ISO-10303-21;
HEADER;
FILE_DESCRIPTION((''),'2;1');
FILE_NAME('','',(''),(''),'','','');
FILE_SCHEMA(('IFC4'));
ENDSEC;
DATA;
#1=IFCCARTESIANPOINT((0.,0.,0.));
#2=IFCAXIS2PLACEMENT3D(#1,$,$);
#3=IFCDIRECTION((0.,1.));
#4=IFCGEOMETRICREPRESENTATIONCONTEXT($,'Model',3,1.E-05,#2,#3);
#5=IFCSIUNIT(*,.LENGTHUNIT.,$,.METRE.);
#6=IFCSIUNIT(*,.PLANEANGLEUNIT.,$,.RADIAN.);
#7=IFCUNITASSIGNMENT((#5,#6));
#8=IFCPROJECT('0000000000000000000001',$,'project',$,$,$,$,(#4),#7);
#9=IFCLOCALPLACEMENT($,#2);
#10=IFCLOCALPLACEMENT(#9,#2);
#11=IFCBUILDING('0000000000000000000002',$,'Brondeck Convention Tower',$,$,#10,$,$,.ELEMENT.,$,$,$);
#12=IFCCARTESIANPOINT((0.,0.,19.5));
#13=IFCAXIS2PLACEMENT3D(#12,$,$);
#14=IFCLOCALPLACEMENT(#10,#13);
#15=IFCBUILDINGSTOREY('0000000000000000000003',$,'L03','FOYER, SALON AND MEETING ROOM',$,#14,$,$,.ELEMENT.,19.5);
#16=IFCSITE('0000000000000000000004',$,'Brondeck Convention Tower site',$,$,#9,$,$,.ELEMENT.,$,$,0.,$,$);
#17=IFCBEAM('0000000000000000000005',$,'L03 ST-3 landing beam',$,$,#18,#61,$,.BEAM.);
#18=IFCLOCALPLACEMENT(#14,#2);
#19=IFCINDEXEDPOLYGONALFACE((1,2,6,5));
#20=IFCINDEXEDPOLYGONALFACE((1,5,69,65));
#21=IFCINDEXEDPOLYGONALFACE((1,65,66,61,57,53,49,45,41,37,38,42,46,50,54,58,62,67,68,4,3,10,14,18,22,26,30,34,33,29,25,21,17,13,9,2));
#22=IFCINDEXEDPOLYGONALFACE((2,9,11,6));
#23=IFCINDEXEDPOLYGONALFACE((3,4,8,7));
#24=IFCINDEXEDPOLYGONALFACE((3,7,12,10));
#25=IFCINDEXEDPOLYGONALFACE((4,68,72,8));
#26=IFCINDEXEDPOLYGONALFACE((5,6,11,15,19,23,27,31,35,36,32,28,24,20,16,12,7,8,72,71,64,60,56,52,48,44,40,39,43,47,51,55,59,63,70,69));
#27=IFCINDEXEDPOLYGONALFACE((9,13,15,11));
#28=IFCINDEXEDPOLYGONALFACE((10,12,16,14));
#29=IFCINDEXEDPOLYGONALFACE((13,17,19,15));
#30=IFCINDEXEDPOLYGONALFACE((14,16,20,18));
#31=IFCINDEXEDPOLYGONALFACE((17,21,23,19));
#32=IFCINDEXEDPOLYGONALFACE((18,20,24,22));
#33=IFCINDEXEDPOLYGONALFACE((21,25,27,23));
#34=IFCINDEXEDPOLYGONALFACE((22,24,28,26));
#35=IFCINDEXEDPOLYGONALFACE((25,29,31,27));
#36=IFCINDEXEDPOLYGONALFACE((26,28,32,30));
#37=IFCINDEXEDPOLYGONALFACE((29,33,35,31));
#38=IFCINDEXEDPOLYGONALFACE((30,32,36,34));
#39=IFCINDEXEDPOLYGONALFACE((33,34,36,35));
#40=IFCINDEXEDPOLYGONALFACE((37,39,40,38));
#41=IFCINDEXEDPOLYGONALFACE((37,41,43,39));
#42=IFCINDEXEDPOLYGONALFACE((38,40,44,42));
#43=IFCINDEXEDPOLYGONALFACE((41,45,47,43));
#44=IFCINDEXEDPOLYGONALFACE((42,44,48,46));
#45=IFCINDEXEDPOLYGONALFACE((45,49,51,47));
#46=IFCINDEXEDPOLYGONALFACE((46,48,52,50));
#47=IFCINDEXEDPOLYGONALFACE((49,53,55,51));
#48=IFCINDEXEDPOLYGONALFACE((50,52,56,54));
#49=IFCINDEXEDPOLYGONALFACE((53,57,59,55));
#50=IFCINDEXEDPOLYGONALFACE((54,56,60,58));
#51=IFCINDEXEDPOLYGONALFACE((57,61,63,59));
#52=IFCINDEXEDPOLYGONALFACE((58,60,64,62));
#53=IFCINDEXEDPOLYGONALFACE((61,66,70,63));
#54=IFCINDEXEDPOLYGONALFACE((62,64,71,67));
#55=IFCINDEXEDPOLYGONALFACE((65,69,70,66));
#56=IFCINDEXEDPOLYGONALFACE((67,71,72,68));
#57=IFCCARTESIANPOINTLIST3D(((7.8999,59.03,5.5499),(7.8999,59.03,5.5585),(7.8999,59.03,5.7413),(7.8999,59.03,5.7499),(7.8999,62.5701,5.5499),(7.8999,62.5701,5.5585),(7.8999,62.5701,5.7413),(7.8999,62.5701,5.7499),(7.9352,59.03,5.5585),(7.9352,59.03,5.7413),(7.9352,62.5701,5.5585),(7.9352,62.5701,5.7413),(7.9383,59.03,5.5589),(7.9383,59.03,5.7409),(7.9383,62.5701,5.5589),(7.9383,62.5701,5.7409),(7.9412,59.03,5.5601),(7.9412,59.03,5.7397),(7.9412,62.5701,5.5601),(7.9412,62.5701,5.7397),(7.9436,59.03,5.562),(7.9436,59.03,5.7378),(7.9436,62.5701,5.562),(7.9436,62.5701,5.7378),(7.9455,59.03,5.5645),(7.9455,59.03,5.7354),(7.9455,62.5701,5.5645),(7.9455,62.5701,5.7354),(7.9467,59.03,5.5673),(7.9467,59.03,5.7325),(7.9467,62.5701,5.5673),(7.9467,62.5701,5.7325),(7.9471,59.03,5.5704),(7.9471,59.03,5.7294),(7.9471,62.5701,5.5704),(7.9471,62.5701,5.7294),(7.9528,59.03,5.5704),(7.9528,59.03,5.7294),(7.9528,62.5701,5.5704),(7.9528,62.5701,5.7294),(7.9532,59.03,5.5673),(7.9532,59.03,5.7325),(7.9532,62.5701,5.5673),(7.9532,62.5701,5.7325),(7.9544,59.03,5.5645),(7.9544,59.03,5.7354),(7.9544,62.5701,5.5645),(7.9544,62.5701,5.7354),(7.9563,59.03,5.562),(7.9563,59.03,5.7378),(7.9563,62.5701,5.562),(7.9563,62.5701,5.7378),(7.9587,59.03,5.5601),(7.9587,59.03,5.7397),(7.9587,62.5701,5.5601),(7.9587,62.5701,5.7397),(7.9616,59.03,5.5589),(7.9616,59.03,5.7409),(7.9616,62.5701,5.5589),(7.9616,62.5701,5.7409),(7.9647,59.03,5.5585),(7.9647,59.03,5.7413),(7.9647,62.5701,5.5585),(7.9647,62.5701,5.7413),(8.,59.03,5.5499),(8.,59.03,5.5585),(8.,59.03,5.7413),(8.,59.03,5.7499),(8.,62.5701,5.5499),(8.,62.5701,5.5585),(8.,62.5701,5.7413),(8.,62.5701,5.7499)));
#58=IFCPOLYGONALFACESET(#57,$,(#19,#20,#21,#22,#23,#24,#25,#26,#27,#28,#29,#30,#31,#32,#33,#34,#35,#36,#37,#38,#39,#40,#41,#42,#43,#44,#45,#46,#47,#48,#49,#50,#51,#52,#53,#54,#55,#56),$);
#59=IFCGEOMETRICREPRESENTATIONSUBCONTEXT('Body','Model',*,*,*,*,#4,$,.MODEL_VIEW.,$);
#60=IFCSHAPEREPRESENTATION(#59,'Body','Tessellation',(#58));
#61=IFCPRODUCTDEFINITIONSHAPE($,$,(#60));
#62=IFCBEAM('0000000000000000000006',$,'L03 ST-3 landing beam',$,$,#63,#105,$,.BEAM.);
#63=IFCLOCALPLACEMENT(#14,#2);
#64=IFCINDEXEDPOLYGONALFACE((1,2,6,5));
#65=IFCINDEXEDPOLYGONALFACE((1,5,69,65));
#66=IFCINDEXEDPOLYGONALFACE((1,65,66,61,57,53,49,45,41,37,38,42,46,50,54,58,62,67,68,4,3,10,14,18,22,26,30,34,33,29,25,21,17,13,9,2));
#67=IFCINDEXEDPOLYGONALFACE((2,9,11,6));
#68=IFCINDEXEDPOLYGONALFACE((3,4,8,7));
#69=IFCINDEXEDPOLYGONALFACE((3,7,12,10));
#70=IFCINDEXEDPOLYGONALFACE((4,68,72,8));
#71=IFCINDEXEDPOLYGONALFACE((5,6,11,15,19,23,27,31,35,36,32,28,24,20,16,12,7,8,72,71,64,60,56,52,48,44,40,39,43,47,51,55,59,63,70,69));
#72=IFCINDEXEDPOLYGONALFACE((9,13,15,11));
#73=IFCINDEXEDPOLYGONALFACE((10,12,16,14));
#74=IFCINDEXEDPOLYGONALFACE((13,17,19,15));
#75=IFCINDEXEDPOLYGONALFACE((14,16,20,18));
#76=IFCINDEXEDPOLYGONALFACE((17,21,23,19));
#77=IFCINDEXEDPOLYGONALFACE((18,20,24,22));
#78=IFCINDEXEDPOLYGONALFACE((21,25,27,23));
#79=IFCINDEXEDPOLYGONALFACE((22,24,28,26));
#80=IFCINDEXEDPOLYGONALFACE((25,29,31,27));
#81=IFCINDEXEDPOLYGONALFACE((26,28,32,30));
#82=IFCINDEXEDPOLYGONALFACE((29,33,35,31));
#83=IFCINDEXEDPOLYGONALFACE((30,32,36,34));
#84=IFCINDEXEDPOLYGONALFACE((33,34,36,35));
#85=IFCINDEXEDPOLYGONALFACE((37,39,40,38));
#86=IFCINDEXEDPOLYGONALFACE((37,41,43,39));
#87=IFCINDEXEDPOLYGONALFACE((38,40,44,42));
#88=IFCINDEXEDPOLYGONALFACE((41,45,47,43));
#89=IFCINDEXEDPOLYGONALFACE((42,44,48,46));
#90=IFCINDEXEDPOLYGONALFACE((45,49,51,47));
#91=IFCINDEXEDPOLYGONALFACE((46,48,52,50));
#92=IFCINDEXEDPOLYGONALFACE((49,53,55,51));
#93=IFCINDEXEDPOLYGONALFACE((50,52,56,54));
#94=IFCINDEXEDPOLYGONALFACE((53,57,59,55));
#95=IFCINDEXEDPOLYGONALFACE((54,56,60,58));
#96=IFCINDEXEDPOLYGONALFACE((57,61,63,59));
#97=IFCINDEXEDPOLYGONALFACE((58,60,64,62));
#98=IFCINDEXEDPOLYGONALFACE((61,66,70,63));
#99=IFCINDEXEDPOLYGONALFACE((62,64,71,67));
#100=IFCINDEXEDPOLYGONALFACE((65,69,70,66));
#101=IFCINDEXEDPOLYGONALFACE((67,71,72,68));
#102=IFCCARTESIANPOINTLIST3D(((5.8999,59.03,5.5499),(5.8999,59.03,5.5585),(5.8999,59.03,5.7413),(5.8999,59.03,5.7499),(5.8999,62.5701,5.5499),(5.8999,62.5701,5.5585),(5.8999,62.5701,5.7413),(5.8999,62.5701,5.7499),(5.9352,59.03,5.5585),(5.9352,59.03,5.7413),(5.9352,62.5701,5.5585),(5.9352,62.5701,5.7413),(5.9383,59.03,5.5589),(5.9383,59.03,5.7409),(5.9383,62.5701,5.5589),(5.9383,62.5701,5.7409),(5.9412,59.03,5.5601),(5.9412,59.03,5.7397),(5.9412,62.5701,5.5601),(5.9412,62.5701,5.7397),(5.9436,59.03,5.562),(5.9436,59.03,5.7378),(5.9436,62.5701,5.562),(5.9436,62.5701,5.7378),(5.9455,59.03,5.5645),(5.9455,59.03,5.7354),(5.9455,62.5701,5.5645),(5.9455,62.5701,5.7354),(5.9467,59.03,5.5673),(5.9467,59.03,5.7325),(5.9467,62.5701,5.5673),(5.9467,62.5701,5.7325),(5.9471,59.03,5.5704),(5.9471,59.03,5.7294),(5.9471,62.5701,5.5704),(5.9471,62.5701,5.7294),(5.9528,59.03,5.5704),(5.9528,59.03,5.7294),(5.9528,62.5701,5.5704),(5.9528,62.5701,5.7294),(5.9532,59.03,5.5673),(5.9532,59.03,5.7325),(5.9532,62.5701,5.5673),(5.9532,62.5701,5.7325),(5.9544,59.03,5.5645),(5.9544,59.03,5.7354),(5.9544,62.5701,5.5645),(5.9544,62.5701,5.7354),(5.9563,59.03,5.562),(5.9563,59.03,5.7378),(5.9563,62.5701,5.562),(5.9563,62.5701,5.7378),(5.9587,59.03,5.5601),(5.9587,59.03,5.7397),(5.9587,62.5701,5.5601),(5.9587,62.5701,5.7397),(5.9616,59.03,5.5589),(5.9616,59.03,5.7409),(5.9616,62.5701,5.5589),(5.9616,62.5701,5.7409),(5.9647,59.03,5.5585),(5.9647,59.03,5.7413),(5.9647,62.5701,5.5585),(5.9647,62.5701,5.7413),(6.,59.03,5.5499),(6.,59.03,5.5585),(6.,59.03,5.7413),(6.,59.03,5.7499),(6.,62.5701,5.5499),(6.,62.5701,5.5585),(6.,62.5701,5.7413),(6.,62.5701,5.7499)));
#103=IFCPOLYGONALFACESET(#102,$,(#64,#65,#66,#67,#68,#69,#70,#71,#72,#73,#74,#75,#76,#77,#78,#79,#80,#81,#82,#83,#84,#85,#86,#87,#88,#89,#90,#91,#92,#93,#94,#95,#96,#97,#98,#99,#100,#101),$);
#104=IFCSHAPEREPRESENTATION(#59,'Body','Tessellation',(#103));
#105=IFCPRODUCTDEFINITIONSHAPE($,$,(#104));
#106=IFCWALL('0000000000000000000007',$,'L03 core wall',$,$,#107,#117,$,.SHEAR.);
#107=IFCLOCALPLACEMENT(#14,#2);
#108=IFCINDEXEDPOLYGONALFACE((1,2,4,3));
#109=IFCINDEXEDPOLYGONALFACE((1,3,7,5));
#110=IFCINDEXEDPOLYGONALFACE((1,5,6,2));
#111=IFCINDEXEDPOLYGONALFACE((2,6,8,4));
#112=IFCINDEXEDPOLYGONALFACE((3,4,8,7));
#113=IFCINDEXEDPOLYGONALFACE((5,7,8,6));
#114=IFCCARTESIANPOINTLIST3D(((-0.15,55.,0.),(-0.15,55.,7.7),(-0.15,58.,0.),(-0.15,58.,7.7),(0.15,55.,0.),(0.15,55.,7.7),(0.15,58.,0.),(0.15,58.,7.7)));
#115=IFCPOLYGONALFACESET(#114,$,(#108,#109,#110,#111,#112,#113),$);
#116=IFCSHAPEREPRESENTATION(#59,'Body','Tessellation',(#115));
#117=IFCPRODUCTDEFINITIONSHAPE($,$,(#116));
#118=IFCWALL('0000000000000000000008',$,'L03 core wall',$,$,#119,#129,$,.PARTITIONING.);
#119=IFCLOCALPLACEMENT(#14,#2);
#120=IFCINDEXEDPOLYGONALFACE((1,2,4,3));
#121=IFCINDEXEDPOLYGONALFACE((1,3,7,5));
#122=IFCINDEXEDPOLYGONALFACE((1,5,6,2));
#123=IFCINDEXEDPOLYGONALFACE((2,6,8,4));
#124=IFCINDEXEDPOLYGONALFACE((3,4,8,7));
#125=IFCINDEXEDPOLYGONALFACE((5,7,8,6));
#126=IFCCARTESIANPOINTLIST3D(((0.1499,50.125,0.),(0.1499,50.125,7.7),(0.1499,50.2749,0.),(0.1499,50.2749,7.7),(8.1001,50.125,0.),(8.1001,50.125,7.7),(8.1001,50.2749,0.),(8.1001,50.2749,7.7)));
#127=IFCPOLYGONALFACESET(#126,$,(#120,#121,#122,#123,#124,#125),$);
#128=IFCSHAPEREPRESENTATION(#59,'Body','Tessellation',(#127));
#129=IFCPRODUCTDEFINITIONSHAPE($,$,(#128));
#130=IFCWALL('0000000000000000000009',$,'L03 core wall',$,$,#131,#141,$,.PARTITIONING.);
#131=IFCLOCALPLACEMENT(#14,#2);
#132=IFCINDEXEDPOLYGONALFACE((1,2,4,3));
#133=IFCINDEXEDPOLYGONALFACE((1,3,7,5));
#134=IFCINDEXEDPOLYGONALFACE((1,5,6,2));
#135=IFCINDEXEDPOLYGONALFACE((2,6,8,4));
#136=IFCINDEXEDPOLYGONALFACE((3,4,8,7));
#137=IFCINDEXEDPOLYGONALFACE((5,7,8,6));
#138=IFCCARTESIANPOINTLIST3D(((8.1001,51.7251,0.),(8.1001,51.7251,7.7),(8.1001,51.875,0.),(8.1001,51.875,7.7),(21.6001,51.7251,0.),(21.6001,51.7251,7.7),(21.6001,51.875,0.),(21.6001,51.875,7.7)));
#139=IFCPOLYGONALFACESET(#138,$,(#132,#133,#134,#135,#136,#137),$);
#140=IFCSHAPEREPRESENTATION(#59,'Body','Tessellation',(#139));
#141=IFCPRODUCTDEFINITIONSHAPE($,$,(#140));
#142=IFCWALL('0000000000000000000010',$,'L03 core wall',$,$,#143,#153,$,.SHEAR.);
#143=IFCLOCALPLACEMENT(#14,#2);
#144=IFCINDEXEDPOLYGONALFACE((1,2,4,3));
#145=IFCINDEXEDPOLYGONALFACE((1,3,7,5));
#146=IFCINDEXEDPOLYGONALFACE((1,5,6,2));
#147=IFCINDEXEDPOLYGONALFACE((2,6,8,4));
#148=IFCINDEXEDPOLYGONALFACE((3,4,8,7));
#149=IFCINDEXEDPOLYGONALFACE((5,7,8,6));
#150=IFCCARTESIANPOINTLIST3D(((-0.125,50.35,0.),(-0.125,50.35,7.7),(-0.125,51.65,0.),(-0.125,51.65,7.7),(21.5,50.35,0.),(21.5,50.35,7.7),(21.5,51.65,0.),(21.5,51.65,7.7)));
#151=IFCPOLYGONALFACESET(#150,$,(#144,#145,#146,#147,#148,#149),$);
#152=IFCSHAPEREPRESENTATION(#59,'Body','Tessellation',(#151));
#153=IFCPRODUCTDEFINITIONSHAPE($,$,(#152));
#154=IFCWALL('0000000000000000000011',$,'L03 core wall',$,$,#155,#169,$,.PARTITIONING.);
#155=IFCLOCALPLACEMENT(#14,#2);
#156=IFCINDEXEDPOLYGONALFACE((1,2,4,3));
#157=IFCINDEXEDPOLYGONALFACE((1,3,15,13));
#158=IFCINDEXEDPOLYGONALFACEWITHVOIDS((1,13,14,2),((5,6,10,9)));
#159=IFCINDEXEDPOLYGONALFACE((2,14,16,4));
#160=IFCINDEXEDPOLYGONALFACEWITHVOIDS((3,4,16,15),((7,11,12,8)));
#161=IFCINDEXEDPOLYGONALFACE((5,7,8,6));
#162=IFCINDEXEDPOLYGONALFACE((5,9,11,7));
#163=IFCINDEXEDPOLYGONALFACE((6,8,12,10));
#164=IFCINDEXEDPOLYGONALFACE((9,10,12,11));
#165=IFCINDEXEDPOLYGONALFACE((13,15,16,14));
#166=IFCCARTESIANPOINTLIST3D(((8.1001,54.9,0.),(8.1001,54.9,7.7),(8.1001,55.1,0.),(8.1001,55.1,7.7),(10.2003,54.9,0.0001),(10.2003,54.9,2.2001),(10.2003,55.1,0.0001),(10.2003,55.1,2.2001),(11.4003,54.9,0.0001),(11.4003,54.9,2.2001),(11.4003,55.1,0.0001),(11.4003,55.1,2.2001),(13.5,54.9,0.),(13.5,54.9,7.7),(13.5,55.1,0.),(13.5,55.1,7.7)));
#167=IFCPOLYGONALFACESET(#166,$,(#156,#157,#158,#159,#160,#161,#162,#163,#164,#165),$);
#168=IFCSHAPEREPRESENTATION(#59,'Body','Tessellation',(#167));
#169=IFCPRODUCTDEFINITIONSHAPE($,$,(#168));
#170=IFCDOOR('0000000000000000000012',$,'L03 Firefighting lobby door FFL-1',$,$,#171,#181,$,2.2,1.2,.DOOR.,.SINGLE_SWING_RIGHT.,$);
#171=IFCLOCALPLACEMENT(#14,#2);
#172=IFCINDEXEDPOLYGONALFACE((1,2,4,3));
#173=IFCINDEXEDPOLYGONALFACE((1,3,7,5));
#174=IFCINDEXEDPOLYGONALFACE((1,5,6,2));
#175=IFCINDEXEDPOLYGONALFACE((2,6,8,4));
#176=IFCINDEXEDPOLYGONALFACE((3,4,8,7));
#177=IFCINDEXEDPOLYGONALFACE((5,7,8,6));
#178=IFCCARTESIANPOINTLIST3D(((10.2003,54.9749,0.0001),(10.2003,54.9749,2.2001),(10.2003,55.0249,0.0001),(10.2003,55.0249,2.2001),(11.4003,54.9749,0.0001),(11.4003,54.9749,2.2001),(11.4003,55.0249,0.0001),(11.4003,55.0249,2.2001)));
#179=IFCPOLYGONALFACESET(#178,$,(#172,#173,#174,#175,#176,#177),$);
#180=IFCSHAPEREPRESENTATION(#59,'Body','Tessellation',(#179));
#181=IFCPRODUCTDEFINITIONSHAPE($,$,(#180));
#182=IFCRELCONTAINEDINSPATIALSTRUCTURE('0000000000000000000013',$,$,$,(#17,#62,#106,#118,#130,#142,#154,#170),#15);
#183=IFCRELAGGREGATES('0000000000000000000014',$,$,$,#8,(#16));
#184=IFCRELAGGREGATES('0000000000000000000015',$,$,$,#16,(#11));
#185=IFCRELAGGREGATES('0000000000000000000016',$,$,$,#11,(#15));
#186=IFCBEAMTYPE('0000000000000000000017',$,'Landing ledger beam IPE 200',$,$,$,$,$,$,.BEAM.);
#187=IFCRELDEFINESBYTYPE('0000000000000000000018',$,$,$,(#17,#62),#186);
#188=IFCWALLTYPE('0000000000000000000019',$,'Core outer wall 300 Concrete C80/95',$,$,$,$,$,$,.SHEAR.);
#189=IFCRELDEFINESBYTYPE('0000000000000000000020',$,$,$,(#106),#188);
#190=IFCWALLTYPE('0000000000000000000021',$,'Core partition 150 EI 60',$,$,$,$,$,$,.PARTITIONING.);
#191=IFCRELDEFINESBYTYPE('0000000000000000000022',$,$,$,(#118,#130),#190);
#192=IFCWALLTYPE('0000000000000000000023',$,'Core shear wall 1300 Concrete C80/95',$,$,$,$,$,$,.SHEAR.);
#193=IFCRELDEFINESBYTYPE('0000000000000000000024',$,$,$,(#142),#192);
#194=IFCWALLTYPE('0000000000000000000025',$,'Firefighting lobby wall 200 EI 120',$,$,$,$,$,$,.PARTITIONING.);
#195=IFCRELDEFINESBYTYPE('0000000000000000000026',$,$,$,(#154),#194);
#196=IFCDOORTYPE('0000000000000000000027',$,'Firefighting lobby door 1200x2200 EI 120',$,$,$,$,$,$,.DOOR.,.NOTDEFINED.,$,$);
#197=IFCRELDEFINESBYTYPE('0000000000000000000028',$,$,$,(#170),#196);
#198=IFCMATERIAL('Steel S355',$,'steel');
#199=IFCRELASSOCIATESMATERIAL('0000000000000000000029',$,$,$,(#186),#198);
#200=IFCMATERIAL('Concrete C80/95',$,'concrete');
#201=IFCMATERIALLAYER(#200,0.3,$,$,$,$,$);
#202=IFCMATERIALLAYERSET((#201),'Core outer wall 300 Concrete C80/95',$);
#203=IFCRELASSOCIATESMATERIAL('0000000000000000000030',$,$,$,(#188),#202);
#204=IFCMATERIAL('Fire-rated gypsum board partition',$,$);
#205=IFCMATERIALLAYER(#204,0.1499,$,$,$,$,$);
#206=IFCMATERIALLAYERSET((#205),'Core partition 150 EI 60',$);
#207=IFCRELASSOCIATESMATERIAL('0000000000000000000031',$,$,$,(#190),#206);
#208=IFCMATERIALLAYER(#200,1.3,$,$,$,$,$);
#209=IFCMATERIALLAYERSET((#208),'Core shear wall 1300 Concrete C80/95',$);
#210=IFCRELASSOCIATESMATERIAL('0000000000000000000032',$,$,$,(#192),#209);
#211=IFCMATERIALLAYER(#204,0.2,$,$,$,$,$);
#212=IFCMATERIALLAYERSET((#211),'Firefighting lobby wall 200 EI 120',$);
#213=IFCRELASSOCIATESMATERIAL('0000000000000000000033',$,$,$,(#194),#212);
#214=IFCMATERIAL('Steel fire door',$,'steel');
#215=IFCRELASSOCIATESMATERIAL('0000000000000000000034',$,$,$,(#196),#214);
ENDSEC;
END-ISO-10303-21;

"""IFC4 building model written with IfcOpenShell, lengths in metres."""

from ifc_helpers import new_model, si_unit, direction, frame, frame_2d, origin, origin_2d, place, context, subcontext, project, spatial, rectangle, i_section, extrude, material, layer, layer_set, material_profile, profile_set, type_object, element, fill, save


model = new_model("IFC4")

# Units and contexts
model_context = context("Model", 3, precision=1e-05, world=origin(), true_north=direction((0.0, 1.0)))
body_context = subcontext(model_context, "Body", "Model", "MODEL_VIEW")
ifc_project = project(units=[si_unit("LENGTHUNIT", "METRE"), si_unit("PLANEANGLEUNIT", "RADIAN")], contexts=[model_context])

# Site, building, storey
site_placement = place(None, origin())
site = spatial("IfcSite", under=ifc_project, at=site_placement, Name="Brondeck Convention Tower site", CompositionType="ELEMENT", RefElevation=0.0)
building_placement = place(site_placement, origin())
building = spatial("IfcBuilding", under=site, at=building_placement, Name="Brondeck Convention Tower", CompositionType="ELEMENT")
storey_placement = place(building_placement, frame((0.0, 0.0, 19.5)))
storey = spatial("IfcBuildingStorey", under=building, at=storey_placement, Name="L03", Description="FOYER, SALON AND MEETING ROOM", CompositionType="ELEMENT", Elevation=19.5)

# Shared definitions
ifc_material_1 = material(Name="Concrete C80/95", Category="concrete")

# Beams
ifc_material_2 = material(Name="Steel S355", Category="steel")
ifc_material_profile_1 = material_profile(ifc_material_2, i_section(OverallWidth=0.1001, OverallDepth=0.2, WebThickness=0.0056, FlangeThickness=0.0085, FilletRadius=0.012, at=origin_2d()), Name="IPE200")
ifc_profile_set_1 = profile_set([ifc_material_profile_1], Name="Steel S355")
beam_type_1 = type_object("IfcBeamType", Name="Landing ledger beam IPE 200", PredefinedType="BEAM", material=ifc_profile_set_1)
for number, where, z_axis, x_axis, name in (
    (1, (7.95, 62.5701, 5.6499), (0.0, -1.0, 0.0), (1.0, 0.0, 0.0), "L03 ST-3 landing beam"),
    (2, (5.95, 62.5701, 5.6499), (0.0, -1.0, 0.0), (1.0, 0.0, 0.0), "L03 ST-3 landing beam"),
):
    element("IfcBeam", number, at=place(storey_placement, frame(where, z_axis=z_axis, x_axis=x_axis)), inside=storey, type_object=beam_type_1, Name=name, PredefinedType="BEAM", context=body_context, shape_type="SweptSolid", body=[
        extrude(i_section(OverallWidth=0.1001, OverallDepth=0.2, WebThickness=0.0056, FlangeThickness=0.0085, FilletRadius=0.012, at=origin_2d()), origin(), (0.0, 0.0, 1.0), 3.54),
    ])

# Walls
ifc_layer_1 = layer(ifc_material_1, 0.3)
ifc_layer_set_1 = layer_set([ifc_layer_1], Name="Core outer wall 300 Concrete C80/95")
wall_type_1 = type_object("IfcWallType", Name="Core outer wall 300 Concrete C80/95", PredefinedType="SHEAR", material=ifc_layer_set_1)
wall_1_placement = place(storey_placement, frame((0.0, 55.0, 0.0), z_axis=(0.0, 0.0, 1.0), x_axis=(0.0, 1.0, 0.0)))
element("IfcWall", 3, at=wall_1_placement, inside=storey, type_object=wall_type_1, Name="L03 core wall", PredefinedType="SHEAR", context=body_context, shape_type="SweptSolid", body=[
    extrude(rectangle(XDim=3.0, YDim=0.3, at=frame_2d((1.5, 0.0))), origin(), (0.0, 0.0, 1.0), 7.7),
])
ifc_material_3 = material(Name="Fire-rated gypsum board partition")
ifc_layer_2 = layer(ifc_material_3, 0.1499)
ifc_layer_set_2 = layer_set([ifc_layer_2], Name="Core partition 150 EI 60")
wall_type_2 = type_object("IfcWallType", Name="Core partition 150 EI 60", PredefinedType="PARTITIONING", material=ifc_layer_set_2)
wall_2_placement = place(storey_placement, frame((0.1499, 50.2, 0.0), z_axis=(0.0, 0.0, 1.0), x_axis=(1.0, 0.0, 0.0)))
element("IfcWall", 4, at=wall_2_placement, inside=storey, type_object=wall_type_2, Name="L03 core wall", PredefinedType="PARTITIONING", context=body_context, shape_type="SweptSolid", body=[
    extrude(rectangle(XDim=7.9502, YDim=0.1499, at=frame_2d((3.9751, 0.0))), origin(), (0.0, 0.0, 1.0), 7.7),
])
wall_3_placement = place(storey_placement, frame((8.1001, 51.8, 0.0), z_axis=(0.0, 0.0, 1.0), x_axis=(1.0, 0.0, 0.0)))
element("IfcWall", 5, at=wall_3_placement, inside=storey, type_object=wall_type_2, Name="L03 core wall", PredefinedType="PARTITIONING", context=body_context, shape_type="SweptSolid", body=[
    extrude(rectangle(XDim=13.5, YDim=0.1499, at=frame_2d((6.75, 0.0))), origin(), (0.0, 0.0, 1.0), 7.7),
])
ifc_layer_3 = layer(ifc_material_1, 1.3)
ifc_layer_set_3 = layer_set([ifc_layer_3], Name="Core shear wall 1300 Concrete C80/95")
wall_type_3 = type_object("IfcWallType", Name="Core shear wall 1300 Concrete C80/95", PredefinedType="SHEAR", material=ifc_layer_set_3)
wall_4_placement = place(storey_placement, frame((-0.125, 51.0, 0.0), z_axis=(0.0, 0.0, 1.0), x_axis=(1.0, 0.0, 0.0)))
element("IfcWall", 6, at=wall_4_placement, inside=storey, type_object=wall_type_3, Name="L03 core wall", PredefinedType="SHEAR", context=body_context, shape_type="SweptSolid", body=[
    extrude(rectangle(XDim=21.625, YDim=1.3, at=frame_2d((10.8125, 0.0))), origin(), (0.0, 0.0, 1.0), 7.7),
])

# Wall, opening, door
ifc_layer_4 = layer(ifc_material_3, 0.2)
ifc_layer_set_4 = layer_set([ifc_layer_4], Name="Firefighting lobby wall 200 EI 120")
wall_type_4 = type_object("IfcWallType", Name="Firefighting lobby wall 200 EI 120", PredefinedType="PARTITIONING", material=ifc_layer_set_4)
wall_5_placement = place(storey_placement, frame((8.1001, 55.0, 0.0), z_axis=(0.0, 0.0, 1.0), x_axis=(1.0, 0.0, 0.0)))
wall_5 = element("IfcWall", 7, at=wall_5_placement, inside=storey, type_object=wall_type_4, Name="L03 core wall", PredefinedType="PARTITIONING", context=body_context, shape_type="SweptSolid", body=[
    extrude(rectangle(XDim=5.3999, YDim=0.2, at=frame_2d((2.7, 0.0))), origin(), (0.0, 0.0, 1.0), 7.7),
])
opening_1_placement = place(wall_5_placement, frame((2.1001, 0.0, 0.0)))
opening_1 = element("IfcOpeningElement", 8, at=opening_1_placement, cuts=wall_5, PredefinedType="OPENING", context=body_context, shape_type="SweptSolid", body=[
    extrude(rectangle(XDim=1.2, YDim=2.2, at=frame_2d((0.6001, 1.1001))), frame((0.0, 0.1099, 0.0), z_axis=(0.0, -1.0, 0.0), x_axis=(1.0, 0.0, 0.0)), (0.0, 0.0, 1.0), 0.22),
])
ifc_material_4 = material(Name="Steel fire door", Category="steel")
door_type_1 = type_object("IfcDoorType", Name="Firefighting lobby door 1200x2200 EI 120", OperationType="NOTDEFINED", PredefinedType="DOOR", material=ifc_material_4)
door_1_placement = place(opening_1_placement, origin())
door_1 = element("IfcDoor", 9, at=door_1_placement, inside=storey, type_object=door_type_1, Name="L03 Firefighting lobby door FFL-1", OperationType="SINGLE_SWING_RIGHT", OverallHeight=2.2, OverallWidth=1.2, PredefinedType="DOOR", context=body_context, shape_type="SweptSolid", body=[
    extrude(rectangle(XDim=1.2, YDim=2.2, at=frame_2d((0.6001, 1.1001))), frame((0.0, 0.0249, 0.0), z_axis=(0.0, -1.0, 0.0), x_axis=(1.0, 0.0, 0.0)), (0.0, 0.0, 1.0), 0.05),
])
fill(opening_1, door_1)

save(model, "model.ifc")
